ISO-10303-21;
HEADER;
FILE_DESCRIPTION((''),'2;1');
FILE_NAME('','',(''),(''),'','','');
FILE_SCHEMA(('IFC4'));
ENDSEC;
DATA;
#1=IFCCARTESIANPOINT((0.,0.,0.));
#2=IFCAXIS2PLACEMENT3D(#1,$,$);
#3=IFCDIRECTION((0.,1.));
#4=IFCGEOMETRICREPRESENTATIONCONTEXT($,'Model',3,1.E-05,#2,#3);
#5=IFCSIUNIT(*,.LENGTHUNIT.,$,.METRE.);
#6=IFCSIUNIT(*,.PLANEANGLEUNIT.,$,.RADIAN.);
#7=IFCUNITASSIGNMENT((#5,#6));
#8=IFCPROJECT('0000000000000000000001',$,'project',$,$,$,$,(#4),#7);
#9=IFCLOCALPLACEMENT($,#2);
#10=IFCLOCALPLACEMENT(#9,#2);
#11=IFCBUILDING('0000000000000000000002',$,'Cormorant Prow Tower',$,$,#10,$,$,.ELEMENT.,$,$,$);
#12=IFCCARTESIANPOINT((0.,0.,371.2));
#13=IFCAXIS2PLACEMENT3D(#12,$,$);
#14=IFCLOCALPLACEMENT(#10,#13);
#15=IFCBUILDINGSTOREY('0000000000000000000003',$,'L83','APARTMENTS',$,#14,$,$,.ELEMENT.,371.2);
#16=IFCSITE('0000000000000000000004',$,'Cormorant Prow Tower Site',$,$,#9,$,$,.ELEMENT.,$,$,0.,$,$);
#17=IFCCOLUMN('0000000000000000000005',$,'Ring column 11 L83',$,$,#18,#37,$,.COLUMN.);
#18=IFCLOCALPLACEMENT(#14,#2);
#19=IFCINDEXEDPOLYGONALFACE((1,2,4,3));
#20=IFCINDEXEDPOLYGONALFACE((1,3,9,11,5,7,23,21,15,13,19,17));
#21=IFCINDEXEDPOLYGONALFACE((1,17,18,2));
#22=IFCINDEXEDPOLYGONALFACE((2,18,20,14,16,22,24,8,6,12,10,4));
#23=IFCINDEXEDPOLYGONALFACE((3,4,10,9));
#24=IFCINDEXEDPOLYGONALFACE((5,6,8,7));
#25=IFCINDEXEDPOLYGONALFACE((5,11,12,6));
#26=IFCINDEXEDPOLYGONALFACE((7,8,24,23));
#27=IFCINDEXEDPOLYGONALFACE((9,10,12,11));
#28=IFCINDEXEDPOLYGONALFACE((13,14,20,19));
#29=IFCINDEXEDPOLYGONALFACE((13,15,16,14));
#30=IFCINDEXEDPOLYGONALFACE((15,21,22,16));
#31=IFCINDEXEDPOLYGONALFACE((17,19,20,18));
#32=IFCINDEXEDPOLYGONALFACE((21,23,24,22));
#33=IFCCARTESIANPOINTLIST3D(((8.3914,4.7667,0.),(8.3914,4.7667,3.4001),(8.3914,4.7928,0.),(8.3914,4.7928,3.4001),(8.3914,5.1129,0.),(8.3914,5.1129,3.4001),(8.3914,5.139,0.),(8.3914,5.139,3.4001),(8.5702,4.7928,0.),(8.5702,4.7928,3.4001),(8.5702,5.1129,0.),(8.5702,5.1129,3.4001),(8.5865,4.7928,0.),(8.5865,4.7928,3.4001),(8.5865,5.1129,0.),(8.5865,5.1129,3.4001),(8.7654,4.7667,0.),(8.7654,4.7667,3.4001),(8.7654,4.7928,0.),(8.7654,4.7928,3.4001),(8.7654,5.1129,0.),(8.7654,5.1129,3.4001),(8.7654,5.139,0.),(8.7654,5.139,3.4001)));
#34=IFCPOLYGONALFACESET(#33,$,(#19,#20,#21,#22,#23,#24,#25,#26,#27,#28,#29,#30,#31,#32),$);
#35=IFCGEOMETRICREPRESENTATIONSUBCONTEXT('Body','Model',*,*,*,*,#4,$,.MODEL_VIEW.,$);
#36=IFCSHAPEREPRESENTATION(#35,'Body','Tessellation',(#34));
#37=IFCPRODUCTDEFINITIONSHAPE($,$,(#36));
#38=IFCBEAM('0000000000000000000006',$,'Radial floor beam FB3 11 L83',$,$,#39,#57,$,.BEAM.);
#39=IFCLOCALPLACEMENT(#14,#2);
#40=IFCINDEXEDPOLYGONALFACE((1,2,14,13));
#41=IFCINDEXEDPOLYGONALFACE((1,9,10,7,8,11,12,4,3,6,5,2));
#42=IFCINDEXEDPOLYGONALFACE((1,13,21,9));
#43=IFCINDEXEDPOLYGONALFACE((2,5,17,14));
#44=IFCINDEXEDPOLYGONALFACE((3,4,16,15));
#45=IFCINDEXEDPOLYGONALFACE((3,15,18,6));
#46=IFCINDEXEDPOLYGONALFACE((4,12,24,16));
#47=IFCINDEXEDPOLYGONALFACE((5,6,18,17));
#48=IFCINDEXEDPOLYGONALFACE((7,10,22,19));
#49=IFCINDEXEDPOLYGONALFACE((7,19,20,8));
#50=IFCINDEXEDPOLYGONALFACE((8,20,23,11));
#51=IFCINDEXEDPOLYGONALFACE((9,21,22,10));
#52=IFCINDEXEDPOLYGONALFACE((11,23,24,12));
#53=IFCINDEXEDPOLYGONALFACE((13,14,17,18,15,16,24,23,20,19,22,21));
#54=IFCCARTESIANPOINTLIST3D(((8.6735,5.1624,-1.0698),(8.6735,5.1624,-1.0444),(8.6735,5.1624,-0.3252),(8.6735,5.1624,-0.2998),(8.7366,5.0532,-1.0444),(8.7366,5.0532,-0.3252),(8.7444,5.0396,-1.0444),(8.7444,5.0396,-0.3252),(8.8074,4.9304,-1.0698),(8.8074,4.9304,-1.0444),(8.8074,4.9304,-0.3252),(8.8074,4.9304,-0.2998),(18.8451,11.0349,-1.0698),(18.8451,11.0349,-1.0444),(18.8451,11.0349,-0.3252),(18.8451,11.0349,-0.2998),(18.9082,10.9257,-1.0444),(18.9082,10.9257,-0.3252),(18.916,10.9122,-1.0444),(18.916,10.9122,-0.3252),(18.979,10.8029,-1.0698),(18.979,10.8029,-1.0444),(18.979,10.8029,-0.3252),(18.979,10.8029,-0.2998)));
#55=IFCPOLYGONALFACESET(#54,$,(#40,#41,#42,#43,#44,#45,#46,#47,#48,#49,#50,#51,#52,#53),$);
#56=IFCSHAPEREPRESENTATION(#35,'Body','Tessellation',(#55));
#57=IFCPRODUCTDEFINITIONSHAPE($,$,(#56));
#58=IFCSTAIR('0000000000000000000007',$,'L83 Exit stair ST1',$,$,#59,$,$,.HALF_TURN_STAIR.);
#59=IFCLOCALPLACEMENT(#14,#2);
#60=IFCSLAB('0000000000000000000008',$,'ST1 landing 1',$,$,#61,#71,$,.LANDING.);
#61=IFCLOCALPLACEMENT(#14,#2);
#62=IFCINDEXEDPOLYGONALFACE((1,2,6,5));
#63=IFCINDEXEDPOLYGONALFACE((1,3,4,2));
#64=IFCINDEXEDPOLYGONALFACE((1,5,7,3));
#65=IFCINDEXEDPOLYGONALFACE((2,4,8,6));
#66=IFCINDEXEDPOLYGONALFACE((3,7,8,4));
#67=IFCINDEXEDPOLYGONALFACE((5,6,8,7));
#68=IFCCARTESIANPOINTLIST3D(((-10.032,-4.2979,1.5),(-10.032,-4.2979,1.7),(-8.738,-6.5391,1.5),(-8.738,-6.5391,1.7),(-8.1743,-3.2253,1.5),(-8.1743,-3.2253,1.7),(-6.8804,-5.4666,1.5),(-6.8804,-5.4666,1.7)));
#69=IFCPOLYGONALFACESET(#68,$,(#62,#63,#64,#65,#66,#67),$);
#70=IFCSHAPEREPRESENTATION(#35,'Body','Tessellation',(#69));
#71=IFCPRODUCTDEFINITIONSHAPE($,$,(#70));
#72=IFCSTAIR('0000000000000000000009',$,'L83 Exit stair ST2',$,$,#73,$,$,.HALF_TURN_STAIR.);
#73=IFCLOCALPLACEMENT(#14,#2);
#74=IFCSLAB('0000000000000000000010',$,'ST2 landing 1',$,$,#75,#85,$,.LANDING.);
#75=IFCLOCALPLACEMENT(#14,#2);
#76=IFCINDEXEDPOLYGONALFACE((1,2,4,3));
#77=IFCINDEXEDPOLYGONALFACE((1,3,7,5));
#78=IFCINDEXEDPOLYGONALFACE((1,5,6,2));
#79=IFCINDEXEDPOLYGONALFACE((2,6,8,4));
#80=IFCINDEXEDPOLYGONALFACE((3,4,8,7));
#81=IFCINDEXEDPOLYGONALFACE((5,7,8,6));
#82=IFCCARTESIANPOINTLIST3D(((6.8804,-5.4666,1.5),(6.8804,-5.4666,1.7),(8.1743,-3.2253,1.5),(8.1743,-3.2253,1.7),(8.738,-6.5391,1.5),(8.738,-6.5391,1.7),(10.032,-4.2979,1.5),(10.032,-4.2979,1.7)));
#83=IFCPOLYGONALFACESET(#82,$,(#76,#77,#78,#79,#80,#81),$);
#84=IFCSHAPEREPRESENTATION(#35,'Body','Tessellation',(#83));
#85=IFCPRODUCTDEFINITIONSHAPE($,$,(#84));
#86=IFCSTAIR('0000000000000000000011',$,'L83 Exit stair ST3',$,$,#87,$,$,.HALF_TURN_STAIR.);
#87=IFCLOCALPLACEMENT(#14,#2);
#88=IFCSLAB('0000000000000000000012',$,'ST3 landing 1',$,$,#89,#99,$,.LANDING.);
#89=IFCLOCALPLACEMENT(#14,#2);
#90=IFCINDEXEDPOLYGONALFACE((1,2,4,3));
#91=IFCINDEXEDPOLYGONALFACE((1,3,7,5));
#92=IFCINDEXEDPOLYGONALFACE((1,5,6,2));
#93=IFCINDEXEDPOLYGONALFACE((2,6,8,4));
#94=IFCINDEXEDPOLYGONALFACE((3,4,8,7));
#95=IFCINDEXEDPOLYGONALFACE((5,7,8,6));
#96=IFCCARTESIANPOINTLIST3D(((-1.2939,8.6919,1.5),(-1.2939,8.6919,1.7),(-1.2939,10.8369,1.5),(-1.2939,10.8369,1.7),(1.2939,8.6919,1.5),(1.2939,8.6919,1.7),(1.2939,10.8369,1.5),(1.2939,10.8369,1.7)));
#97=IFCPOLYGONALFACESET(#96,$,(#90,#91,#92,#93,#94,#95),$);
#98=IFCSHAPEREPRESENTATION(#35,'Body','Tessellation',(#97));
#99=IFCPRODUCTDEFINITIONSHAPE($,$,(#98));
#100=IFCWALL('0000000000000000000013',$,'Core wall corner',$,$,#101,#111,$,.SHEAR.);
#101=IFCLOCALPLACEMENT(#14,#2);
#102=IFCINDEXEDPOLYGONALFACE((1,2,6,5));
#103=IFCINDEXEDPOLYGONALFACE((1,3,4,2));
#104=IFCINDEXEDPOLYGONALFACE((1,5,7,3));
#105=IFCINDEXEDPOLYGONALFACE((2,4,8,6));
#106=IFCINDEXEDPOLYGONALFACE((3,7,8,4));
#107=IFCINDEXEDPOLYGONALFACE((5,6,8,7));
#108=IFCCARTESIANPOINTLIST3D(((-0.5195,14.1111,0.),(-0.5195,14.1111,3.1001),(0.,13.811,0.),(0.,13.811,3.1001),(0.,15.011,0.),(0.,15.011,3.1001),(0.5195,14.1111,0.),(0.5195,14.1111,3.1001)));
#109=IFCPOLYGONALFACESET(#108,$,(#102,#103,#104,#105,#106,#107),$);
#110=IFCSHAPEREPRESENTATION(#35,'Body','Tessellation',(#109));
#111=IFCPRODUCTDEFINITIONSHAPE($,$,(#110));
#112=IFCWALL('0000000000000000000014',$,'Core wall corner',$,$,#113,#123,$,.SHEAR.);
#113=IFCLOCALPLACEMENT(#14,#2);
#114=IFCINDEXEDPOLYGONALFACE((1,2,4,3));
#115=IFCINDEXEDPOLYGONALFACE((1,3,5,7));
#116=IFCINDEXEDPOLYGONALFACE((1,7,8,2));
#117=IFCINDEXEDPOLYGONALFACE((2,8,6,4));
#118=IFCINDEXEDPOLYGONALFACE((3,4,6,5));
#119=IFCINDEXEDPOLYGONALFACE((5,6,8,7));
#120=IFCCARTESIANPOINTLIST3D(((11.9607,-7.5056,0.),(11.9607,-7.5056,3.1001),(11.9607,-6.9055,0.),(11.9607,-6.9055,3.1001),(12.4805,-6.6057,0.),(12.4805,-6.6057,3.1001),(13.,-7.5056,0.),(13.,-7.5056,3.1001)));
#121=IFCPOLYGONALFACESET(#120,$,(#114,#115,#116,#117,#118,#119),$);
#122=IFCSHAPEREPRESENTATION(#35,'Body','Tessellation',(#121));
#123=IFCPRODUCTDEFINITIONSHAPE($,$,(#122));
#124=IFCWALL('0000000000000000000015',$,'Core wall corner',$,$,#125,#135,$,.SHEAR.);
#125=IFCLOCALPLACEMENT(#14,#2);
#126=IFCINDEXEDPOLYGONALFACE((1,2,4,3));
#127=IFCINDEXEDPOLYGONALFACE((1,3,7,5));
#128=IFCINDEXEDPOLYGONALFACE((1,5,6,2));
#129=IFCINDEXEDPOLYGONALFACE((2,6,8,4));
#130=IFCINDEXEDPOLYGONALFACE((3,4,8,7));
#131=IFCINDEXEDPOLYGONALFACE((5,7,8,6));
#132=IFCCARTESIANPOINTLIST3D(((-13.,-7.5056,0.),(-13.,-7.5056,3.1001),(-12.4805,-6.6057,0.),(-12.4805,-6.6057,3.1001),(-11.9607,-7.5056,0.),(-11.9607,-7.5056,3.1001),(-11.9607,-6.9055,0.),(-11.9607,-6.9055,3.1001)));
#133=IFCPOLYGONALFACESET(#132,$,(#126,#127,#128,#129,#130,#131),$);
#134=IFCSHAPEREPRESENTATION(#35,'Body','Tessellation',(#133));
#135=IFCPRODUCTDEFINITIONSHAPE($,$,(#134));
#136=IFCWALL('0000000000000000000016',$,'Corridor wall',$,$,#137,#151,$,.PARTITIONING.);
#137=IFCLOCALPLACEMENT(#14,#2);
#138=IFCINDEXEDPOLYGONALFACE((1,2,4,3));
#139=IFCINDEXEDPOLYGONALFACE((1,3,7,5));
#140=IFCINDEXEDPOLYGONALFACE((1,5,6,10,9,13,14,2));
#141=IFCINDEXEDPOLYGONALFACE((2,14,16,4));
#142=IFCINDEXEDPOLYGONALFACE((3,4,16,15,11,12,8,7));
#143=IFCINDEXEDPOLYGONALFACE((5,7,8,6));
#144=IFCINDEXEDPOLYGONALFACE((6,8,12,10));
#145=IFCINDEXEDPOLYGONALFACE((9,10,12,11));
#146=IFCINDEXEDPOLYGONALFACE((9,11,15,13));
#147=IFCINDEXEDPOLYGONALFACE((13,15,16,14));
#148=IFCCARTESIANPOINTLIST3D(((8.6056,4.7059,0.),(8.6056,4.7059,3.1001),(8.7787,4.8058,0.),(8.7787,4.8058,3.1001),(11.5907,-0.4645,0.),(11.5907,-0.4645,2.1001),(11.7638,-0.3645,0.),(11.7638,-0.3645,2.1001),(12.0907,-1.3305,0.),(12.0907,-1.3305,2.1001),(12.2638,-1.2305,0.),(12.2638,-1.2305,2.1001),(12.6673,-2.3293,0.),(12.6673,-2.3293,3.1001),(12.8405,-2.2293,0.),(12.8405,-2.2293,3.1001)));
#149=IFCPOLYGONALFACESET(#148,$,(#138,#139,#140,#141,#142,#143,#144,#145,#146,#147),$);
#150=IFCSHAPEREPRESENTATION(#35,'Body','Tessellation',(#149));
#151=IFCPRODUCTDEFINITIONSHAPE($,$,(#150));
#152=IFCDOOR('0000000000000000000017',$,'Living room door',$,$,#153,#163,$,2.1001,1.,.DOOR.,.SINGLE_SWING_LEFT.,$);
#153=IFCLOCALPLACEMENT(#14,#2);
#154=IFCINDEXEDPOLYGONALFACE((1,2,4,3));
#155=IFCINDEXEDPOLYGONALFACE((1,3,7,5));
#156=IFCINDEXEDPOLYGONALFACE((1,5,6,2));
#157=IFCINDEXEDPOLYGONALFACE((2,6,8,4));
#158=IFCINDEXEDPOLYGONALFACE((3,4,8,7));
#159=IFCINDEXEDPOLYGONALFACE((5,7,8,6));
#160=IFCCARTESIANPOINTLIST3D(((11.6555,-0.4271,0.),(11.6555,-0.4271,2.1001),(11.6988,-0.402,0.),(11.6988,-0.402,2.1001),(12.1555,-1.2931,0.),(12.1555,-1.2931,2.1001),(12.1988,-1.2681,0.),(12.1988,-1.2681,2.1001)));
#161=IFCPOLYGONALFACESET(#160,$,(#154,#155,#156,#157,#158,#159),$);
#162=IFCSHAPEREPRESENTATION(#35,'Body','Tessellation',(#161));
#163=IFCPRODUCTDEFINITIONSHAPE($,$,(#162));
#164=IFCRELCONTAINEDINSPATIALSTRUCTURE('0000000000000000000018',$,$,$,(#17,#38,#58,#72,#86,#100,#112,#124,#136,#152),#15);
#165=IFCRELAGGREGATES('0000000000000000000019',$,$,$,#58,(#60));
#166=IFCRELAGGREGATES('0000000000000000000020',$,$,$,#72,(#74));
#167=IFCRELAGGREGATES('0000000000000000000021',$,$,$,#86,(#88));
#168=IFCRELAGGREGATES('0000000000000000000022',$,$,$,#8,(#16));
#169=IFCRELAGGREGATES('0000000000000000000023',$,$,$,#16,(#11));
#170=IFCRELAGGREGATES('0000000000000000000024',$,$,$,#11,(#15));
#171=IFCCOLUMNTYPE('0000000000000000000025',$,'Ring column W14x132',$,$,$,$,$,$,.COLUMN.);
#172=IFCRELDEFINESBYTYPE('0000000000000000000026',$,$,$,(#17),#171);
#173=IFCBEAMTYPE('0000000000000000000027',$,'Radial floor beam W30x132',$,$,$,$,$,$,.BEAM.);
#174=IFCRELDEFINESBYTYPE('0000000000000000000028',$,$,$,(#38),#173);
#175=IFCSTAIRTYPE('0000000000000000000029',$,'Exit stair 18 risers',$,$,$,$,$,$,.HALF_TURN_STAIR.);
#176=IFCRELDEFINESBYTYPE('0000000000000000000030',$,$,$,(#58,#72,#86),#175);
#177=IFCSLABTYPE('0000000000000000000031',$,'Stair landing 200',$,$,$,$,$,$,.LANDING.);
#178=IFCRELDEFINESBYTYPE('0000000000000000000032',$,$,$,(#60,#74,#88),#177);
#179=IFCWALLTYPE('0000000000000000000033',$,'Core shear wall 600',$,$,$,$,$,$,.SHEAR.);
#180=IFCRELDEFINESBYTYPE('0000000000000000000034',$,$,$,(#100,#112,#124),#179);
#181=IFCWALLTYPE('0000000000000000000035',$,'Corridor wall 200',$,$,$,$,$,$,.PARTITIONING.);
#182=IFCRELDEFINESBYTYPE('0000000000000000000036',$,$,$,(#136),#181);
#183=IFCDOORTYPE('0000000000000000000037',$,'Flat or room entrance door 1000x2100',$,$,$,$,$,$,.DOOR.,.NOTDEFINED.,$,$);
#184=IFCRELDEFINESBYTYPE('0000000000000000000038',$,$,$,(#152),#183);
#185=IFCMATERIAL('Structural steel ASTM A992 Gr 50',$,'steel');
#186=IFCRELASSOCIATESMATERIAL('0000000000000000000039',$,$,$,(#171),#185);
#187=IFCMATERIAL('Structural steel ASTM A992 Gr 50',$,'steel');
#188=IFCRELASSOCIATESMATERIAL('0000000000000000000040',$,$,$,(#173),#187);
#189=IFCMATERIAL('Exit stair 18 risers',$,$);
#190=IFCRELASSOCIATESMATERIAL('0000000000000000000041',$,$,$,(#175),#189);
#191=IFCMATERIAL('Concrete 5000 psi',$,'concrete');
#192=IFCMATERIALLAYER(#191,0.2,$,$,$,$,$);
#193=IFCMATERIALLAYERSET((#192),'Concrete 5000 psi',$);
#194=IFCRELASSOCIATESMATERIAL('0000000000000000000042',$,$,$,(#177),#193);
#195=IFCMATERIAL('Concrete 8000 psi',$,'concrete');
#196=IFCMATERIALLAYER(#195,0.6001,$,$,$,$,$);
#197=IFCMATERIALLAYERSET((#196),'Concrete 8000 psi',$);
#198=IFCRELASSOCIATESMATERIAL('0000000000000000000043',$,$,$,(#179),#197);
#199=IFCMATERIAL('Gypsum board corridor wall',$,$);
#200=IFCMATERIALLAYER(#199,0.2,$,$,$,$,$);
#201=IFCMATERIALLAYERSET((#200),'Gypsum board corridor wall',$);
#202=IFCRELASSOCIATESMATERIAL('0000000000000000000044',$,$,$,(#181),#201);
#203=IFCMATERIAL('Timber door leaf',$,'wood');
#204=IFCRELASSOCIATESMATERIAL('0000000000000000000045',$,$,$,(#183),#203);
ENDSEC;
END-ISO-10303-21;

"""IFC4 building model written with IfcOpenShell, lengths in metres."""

from ifc_helpers import new_model, si_unit, direction, frame, frame_2d, origin, origin_2d, place, context, subcontext, project, spatial, polyline, rectangle, i_section, outline, extrude, material, layer, layer_set, material_profile, profile_set, type_object, element, fill, aggregate, save


model = new_model("IFC4")

# Units and contexts
model_context = context("Model", 3, precision=1e-05, world=origin(), true_north=direction((0.0, 1.0)))
body_context = subcontext(model_context, "Body", "Model", "MODEL_VIEW")
ifc_project = project(units=[si_unit("LENGTHUNIT", "METRE"), si_unit("PLANEANGLEUNIT", "RADIAN")], contexts=[model_context])

# Site, building, storey
site_placement = place(None, origin())
site = spatial("IfcSite", under=ifc_project, at=site_placement, Name="Cormorant Prow Tower Site", CompositionType="ELEMENT", RefElevation=0.0)
building_placement = place(site_placement, origin())
building = spatial("IfcBuilding", under=site, at=building_placement, Name="Cormorant Prow Tower", CompositionType="ELEMENT")
storey_placement = place(building_placement, frame((0.0, 0.0, 371.2)))
storey = spatial("IfcBuildingStorey", under=building, at=storey_placement, Name="L83", Description="APARTMENTS", CompositionType="ELEMENT", Elevation=371.2)

# Column
ifc_material_1 = material(Name="Structural steel ASTM A992 Gr 50", Category="steel")
ifc_material_profile_1 = material_profile(ifc_material_1, i_section(OverallWidth=0.374, OverallDepth=0.3723, WebThickness=0.0164, FlangeThickness=0.0261, at=origin_2d()), Name="W14x132")
ifc_profile_set_1 = profile_set([ifc_material_profile_1], Name="Structural steel ASTM A992 Gr 50")
column_type = type_object("IfcColumnType", Name="Ring column W14x132", PredefinedType="COLUMN", material=ifc_profile_set_1)
column_placement = place(storey_placement, frame((8.5784, 4.9529, 0.0), z_axis=(0.0, 0.0, 1.0), x_axis=(1.0, 0.0, 0.0)))
element("IfcColumn", 1, at=column_placement, inside=storey, type_object=column_type, Name="Ring column 11 L83", PredefinedType="COLUMN", context=body_context, shape_type="SweptSolid", body=[
    extrude(i_section(OverallWidth=0.374, OverallDepth=0.3723, WebThickness=0.0164, FlangeThickness=0.0261, at=origin_2d()), origin(), (0.0, 0.0, 1.0), 3.4001),
])

# Beam
ifc_material_2 = material(Name="Structural steel ASTM A992 Gr 50", Category="steel")
ifc_material_profile_2 = material_profile(ifc_material_2, i_section(OverallWidth=0.2678, OverallDepth=0.77, WebThickness=0.0156, FlangeThickness=0.0254, at=origin_2d()), Name="W30x132")
ifc_profile_set_2 = profile_set([ifc_material_profile_2], Name="Structural steel ASTM A992 Gr 50")
beam_type = type_object("IfcBeamType", Name="Radial floor beam W30x132", PredefinedType="BEAM", material=ifc_profile_set_2)
beam_placement = place(storey_placement, frame((8.7405, 5.0464, -0.6848), z_axis=(0.866027, 0.499998, 0.0), x_axis=(-0.499998, 0.866027, 0.0)))
element("IfcBeam", 2, at=beam_placement, inside=storey, type_object=beam_type, Name="Radial floor beam FB3 11 L83", PredefinedType="BEAM", context=body_context, shape_type="SweptSolid", body=[
    extrude(i_section(OverallWidth=0.2678, OverallDepth=0.77, WebThickness=0.0156, FlangeThickness=0.0254, at=origin_2d()), origin(), (0.0, 0.0, 1.0), 11.7451),
])

# Stairs, slabs
ifc_material_3 = material(Name="Exit stair 18 risers")
stair_type = type_object("IfcStairType", Name="Exit stair 18 risers", PredefinedType="HALF_TURN_STAIR", material=ifc_material_3)
stair_1_placement = place(storey_placement, origin())
stair_1 = element("IfcStair", 3, at=stair_1_placement, inside=storey, type_object=stair_type, Name="L83 Exit stair ST1", PredefinedType="HALF_TURN_STAIR")
ifc_material_4 = material(Name="Concrete 5000 psi", Category="concrete")
ifc_layer_1 = layer(ifc_material_4, 0.2)
ifc_layer_set_1 = layer_set([ifc_layer_1], Name="Concrete 5000 psi")
slab_type = type_object("IfcSlabType", Name="Stair landing 200", PredefinedType="LANDING", material=ifc_layer_set_1)
slab_1_placement = place(storey_placement, frame((0.0, 0.0, 1.5)))
slab_1 = element("IfcSlab", 4, at=slab_1_placement, type_object=slab_type, Name="ST1 landing 1", PredefinedType="LANDING", context=body_context, shape_type="SweptSolid", body=[
    extrude(outline(polyline([(-8.1743, -3.2253), (-10.032, -4.2979), (-8.738, -6.5391), (-6.8804, -5.4666), (-8.1743, -3.2253)])), origin(), (0.0, 0.0, 1.0), 0.2),
])
aggregate(stair_1, [slab_1])
stair_2_placement = place(storey_placement, origin())
stair_2 = element("IfcStair", 5, at=stair_2_placement, inside=storey, type_object=stair_type, Name="L83 Exit stair ST2", PredefinedType="HALF_TURN_STAIR")
slab_2_placement = place(storey_placement, frame((0.0, 0.0, 1.5)))
slab_2 = element("IfcSlab", 6, at=slab_2_placement, type_object=slab_type, Name="ST2 landing 1", PredefinedType="LANDING", context=body_context, shape_type="SweptSolid", body=[
    extrude(outline(polyline([(6.8804, -5.4666), (8.738, -6.5391), (10.032, -4.2979), (8.1743, -3.2253), (6.8804, -5.4666)])), origin(), (0.0, 0.0, 1.0), 0.2),
])
aggregate(stair_2, [slab_2])
stair_3_placement = place(storey_placement, origin())
stair_3 = element("IfcStair", 7, at=stair_3_placement, inside=storey, type_object=stair_type, Name="L83 Exit stair ST3", PredefinedType="HALF_TURN_STAIR")
slab_3_placement = place(storey_placement, frame((0.0, 0.0, 1.5)))
slab_3 = element("IfcSlab", 8, at=slab_3_placement, type_object=slab_type, Name="ST3 landing 1", PredefinedType="LANDING", context=body_context, shape_type="SweptSolid", body=[
    extrude(outline(polyline([(1.2939, 8.6919), (1.2939, 10.8369), (-1.2939, 10.8369), (-1.2939, 8.6919), (1.2939, 8.6919)])), origin(), (0.0, 0.0, 1.0), 0.2),
])

# Walls
ifc_material_5 = material(Name="Concrete 8000 psi", Category="concrete")
ifc_layer_2 = layer(ifc_material_5, 0.6001)
ifc_layer_set_2 = layer_set([ifc_layer_2], Name="Concrete 8000 psi")
wall_type_1 = type_object("IfcWallType", Name="Core shear wall 600", PredefinedType="SHEAR", material=ifc_layer_set_2)
wall_1_placement = place(storey_placement, origin())
element("IfcWall", 9, at=wall_1_placement, inside=storey, type_object=wall_type_1, Name="Core wall corner", PredefinedType="SHEAR", context=body_context, shape_type="SweptSolid", body=[
    extrude(outline(polyline([(-0.5195, 14.1111), (0.0, 15.011), (0.5195, 14.1111), (0.0, 13.811), (-0.5195, 14.1111)])), origin(), (0.0, 0.0, 1.0), 3.1001),
])
wall_2_placement = place(storey_placement, origin())
element("IfcWall", 10, at=wall_2_placement, inside=storey, type_object=wall_type_1, Name="Core wall corner", PredefinedType="SHEAR", context=body_context, shape_type="SweptSolid", body=[
    extrude(outline(polyline([(11.9607, -7.5056), (11.9607, -6.9055), (12.4805, -6.6057), (13.0, -7.5056), (11.9607, -7.5056)])), origin(), (0.0, 0.0, 1.0), 3.1001),
])
wall_3_placement = place(storey_placement, origin())
element("IfcWall", 11, at=wall_3_placement, inside=storey, type_object=wall_type_1, Name="Core wall corner", PredefinedType="SHEAR", context=body_context, shape_type="SweptSolid", body=[
    extrude(outline(polyline([(-12.4805, -6.6057), (-11.9607, -6.9055), (-11.9607, -7.5056), (-13.0, -7.5056), (-12.4805, -6.6057)])), origin(), (0.0, 0.0, 1.0), 3.1001),
])

# Wall, opening, door
ifc_material_6 = material(Name="Gypsum board corridor wall")
ifc_layer_3 = layer(ifc_material_6, 0.2)
ifc_layer_set_3 = layer_set([ifc_layer_3], Name="Gypsum board corridor wall")
wall_type_2 = type_object("IfcWallType", Name="Corridor wall 200", PredefinedType="PARTITIONING", material=ifc_layer_set_3)
wall_4_placement = place(storey_placement, frame((8.6921, 4.7559, 0.0), z_axis=(0.0, 0.0, 1.0), x_axis=(0.500002, -0.866024, 0.0)))
wall_4 = element("IfcWall", 12, at=wall_4_placement, inside=storey, type_object=wall_type_2, Name="Corridor wall", PredefinedType="PARTITIONING", context=body_context, shape_type="SweptSolid", body=[
    extrude(rectangle(XDim=8.1235, YDim=0.2, at=frame_2d((4.0618, 0.0))), origin(), (0.0, 0.0, 1.0), 3.1001),
])
opening_1_placement = place(wall_4_placement, frame((5.9702, 0.0, 0.0)))
opening_1 = element("IfcOpeningElement", 13, at=opening_1_placement, cuts=wall_4, PredefinedType="OPENING", context=body_context, shape_type="SweptSolid", body=[
    extrude(rectangle(XDim=1.0, YDim=2.1001, at=frame_2d((0.5, 1.05))), frame((0.0, 0.1099, 0.0), z_axis=(0.0, -1.0, 0.0), x_axis=(1.0, 0.0, 0.0)), (0.0, 0.0, 1.0), 0.22),
])
ifc_material_7 = material(Name="Timber door leaf", Category="wood")
door_type_1 = type_object("IfcDoorType", Name="Flat or room entrance door 1000x2100", OperationType="NOTDEFINED", PredefinedType="DOOR", material=ifc_material_7)
door_1_placement = place(opening_1_placement, origin())
door_1 = element("IfcDoor", 14, at=door_1_placement, inside=storey, type_object=door_type_1, Name="Living room door", OperationType="SINGLE_SWING_LEFT", OverallHeight=2.1001, OverallWidth=1.0, PredefinedType="DOOR", context=body_context, shape_type="SweptSolid", body=[
    extrude(rectangle(XDim=1.0, YDim=2.1001, at=frame_2d((0.5, 1.05))), frame((0.0, 0.0249, 0.0), z_axis=(0.0, -1.0, 0.0), x_axis=(1.0, 0.0, 0.0)), (0.0, 0.0, 1.0), 0.05),
])
fill(opening_1, door_1)

aggregate(stair_3, [slab_3])

save(model, "model.ifc")
